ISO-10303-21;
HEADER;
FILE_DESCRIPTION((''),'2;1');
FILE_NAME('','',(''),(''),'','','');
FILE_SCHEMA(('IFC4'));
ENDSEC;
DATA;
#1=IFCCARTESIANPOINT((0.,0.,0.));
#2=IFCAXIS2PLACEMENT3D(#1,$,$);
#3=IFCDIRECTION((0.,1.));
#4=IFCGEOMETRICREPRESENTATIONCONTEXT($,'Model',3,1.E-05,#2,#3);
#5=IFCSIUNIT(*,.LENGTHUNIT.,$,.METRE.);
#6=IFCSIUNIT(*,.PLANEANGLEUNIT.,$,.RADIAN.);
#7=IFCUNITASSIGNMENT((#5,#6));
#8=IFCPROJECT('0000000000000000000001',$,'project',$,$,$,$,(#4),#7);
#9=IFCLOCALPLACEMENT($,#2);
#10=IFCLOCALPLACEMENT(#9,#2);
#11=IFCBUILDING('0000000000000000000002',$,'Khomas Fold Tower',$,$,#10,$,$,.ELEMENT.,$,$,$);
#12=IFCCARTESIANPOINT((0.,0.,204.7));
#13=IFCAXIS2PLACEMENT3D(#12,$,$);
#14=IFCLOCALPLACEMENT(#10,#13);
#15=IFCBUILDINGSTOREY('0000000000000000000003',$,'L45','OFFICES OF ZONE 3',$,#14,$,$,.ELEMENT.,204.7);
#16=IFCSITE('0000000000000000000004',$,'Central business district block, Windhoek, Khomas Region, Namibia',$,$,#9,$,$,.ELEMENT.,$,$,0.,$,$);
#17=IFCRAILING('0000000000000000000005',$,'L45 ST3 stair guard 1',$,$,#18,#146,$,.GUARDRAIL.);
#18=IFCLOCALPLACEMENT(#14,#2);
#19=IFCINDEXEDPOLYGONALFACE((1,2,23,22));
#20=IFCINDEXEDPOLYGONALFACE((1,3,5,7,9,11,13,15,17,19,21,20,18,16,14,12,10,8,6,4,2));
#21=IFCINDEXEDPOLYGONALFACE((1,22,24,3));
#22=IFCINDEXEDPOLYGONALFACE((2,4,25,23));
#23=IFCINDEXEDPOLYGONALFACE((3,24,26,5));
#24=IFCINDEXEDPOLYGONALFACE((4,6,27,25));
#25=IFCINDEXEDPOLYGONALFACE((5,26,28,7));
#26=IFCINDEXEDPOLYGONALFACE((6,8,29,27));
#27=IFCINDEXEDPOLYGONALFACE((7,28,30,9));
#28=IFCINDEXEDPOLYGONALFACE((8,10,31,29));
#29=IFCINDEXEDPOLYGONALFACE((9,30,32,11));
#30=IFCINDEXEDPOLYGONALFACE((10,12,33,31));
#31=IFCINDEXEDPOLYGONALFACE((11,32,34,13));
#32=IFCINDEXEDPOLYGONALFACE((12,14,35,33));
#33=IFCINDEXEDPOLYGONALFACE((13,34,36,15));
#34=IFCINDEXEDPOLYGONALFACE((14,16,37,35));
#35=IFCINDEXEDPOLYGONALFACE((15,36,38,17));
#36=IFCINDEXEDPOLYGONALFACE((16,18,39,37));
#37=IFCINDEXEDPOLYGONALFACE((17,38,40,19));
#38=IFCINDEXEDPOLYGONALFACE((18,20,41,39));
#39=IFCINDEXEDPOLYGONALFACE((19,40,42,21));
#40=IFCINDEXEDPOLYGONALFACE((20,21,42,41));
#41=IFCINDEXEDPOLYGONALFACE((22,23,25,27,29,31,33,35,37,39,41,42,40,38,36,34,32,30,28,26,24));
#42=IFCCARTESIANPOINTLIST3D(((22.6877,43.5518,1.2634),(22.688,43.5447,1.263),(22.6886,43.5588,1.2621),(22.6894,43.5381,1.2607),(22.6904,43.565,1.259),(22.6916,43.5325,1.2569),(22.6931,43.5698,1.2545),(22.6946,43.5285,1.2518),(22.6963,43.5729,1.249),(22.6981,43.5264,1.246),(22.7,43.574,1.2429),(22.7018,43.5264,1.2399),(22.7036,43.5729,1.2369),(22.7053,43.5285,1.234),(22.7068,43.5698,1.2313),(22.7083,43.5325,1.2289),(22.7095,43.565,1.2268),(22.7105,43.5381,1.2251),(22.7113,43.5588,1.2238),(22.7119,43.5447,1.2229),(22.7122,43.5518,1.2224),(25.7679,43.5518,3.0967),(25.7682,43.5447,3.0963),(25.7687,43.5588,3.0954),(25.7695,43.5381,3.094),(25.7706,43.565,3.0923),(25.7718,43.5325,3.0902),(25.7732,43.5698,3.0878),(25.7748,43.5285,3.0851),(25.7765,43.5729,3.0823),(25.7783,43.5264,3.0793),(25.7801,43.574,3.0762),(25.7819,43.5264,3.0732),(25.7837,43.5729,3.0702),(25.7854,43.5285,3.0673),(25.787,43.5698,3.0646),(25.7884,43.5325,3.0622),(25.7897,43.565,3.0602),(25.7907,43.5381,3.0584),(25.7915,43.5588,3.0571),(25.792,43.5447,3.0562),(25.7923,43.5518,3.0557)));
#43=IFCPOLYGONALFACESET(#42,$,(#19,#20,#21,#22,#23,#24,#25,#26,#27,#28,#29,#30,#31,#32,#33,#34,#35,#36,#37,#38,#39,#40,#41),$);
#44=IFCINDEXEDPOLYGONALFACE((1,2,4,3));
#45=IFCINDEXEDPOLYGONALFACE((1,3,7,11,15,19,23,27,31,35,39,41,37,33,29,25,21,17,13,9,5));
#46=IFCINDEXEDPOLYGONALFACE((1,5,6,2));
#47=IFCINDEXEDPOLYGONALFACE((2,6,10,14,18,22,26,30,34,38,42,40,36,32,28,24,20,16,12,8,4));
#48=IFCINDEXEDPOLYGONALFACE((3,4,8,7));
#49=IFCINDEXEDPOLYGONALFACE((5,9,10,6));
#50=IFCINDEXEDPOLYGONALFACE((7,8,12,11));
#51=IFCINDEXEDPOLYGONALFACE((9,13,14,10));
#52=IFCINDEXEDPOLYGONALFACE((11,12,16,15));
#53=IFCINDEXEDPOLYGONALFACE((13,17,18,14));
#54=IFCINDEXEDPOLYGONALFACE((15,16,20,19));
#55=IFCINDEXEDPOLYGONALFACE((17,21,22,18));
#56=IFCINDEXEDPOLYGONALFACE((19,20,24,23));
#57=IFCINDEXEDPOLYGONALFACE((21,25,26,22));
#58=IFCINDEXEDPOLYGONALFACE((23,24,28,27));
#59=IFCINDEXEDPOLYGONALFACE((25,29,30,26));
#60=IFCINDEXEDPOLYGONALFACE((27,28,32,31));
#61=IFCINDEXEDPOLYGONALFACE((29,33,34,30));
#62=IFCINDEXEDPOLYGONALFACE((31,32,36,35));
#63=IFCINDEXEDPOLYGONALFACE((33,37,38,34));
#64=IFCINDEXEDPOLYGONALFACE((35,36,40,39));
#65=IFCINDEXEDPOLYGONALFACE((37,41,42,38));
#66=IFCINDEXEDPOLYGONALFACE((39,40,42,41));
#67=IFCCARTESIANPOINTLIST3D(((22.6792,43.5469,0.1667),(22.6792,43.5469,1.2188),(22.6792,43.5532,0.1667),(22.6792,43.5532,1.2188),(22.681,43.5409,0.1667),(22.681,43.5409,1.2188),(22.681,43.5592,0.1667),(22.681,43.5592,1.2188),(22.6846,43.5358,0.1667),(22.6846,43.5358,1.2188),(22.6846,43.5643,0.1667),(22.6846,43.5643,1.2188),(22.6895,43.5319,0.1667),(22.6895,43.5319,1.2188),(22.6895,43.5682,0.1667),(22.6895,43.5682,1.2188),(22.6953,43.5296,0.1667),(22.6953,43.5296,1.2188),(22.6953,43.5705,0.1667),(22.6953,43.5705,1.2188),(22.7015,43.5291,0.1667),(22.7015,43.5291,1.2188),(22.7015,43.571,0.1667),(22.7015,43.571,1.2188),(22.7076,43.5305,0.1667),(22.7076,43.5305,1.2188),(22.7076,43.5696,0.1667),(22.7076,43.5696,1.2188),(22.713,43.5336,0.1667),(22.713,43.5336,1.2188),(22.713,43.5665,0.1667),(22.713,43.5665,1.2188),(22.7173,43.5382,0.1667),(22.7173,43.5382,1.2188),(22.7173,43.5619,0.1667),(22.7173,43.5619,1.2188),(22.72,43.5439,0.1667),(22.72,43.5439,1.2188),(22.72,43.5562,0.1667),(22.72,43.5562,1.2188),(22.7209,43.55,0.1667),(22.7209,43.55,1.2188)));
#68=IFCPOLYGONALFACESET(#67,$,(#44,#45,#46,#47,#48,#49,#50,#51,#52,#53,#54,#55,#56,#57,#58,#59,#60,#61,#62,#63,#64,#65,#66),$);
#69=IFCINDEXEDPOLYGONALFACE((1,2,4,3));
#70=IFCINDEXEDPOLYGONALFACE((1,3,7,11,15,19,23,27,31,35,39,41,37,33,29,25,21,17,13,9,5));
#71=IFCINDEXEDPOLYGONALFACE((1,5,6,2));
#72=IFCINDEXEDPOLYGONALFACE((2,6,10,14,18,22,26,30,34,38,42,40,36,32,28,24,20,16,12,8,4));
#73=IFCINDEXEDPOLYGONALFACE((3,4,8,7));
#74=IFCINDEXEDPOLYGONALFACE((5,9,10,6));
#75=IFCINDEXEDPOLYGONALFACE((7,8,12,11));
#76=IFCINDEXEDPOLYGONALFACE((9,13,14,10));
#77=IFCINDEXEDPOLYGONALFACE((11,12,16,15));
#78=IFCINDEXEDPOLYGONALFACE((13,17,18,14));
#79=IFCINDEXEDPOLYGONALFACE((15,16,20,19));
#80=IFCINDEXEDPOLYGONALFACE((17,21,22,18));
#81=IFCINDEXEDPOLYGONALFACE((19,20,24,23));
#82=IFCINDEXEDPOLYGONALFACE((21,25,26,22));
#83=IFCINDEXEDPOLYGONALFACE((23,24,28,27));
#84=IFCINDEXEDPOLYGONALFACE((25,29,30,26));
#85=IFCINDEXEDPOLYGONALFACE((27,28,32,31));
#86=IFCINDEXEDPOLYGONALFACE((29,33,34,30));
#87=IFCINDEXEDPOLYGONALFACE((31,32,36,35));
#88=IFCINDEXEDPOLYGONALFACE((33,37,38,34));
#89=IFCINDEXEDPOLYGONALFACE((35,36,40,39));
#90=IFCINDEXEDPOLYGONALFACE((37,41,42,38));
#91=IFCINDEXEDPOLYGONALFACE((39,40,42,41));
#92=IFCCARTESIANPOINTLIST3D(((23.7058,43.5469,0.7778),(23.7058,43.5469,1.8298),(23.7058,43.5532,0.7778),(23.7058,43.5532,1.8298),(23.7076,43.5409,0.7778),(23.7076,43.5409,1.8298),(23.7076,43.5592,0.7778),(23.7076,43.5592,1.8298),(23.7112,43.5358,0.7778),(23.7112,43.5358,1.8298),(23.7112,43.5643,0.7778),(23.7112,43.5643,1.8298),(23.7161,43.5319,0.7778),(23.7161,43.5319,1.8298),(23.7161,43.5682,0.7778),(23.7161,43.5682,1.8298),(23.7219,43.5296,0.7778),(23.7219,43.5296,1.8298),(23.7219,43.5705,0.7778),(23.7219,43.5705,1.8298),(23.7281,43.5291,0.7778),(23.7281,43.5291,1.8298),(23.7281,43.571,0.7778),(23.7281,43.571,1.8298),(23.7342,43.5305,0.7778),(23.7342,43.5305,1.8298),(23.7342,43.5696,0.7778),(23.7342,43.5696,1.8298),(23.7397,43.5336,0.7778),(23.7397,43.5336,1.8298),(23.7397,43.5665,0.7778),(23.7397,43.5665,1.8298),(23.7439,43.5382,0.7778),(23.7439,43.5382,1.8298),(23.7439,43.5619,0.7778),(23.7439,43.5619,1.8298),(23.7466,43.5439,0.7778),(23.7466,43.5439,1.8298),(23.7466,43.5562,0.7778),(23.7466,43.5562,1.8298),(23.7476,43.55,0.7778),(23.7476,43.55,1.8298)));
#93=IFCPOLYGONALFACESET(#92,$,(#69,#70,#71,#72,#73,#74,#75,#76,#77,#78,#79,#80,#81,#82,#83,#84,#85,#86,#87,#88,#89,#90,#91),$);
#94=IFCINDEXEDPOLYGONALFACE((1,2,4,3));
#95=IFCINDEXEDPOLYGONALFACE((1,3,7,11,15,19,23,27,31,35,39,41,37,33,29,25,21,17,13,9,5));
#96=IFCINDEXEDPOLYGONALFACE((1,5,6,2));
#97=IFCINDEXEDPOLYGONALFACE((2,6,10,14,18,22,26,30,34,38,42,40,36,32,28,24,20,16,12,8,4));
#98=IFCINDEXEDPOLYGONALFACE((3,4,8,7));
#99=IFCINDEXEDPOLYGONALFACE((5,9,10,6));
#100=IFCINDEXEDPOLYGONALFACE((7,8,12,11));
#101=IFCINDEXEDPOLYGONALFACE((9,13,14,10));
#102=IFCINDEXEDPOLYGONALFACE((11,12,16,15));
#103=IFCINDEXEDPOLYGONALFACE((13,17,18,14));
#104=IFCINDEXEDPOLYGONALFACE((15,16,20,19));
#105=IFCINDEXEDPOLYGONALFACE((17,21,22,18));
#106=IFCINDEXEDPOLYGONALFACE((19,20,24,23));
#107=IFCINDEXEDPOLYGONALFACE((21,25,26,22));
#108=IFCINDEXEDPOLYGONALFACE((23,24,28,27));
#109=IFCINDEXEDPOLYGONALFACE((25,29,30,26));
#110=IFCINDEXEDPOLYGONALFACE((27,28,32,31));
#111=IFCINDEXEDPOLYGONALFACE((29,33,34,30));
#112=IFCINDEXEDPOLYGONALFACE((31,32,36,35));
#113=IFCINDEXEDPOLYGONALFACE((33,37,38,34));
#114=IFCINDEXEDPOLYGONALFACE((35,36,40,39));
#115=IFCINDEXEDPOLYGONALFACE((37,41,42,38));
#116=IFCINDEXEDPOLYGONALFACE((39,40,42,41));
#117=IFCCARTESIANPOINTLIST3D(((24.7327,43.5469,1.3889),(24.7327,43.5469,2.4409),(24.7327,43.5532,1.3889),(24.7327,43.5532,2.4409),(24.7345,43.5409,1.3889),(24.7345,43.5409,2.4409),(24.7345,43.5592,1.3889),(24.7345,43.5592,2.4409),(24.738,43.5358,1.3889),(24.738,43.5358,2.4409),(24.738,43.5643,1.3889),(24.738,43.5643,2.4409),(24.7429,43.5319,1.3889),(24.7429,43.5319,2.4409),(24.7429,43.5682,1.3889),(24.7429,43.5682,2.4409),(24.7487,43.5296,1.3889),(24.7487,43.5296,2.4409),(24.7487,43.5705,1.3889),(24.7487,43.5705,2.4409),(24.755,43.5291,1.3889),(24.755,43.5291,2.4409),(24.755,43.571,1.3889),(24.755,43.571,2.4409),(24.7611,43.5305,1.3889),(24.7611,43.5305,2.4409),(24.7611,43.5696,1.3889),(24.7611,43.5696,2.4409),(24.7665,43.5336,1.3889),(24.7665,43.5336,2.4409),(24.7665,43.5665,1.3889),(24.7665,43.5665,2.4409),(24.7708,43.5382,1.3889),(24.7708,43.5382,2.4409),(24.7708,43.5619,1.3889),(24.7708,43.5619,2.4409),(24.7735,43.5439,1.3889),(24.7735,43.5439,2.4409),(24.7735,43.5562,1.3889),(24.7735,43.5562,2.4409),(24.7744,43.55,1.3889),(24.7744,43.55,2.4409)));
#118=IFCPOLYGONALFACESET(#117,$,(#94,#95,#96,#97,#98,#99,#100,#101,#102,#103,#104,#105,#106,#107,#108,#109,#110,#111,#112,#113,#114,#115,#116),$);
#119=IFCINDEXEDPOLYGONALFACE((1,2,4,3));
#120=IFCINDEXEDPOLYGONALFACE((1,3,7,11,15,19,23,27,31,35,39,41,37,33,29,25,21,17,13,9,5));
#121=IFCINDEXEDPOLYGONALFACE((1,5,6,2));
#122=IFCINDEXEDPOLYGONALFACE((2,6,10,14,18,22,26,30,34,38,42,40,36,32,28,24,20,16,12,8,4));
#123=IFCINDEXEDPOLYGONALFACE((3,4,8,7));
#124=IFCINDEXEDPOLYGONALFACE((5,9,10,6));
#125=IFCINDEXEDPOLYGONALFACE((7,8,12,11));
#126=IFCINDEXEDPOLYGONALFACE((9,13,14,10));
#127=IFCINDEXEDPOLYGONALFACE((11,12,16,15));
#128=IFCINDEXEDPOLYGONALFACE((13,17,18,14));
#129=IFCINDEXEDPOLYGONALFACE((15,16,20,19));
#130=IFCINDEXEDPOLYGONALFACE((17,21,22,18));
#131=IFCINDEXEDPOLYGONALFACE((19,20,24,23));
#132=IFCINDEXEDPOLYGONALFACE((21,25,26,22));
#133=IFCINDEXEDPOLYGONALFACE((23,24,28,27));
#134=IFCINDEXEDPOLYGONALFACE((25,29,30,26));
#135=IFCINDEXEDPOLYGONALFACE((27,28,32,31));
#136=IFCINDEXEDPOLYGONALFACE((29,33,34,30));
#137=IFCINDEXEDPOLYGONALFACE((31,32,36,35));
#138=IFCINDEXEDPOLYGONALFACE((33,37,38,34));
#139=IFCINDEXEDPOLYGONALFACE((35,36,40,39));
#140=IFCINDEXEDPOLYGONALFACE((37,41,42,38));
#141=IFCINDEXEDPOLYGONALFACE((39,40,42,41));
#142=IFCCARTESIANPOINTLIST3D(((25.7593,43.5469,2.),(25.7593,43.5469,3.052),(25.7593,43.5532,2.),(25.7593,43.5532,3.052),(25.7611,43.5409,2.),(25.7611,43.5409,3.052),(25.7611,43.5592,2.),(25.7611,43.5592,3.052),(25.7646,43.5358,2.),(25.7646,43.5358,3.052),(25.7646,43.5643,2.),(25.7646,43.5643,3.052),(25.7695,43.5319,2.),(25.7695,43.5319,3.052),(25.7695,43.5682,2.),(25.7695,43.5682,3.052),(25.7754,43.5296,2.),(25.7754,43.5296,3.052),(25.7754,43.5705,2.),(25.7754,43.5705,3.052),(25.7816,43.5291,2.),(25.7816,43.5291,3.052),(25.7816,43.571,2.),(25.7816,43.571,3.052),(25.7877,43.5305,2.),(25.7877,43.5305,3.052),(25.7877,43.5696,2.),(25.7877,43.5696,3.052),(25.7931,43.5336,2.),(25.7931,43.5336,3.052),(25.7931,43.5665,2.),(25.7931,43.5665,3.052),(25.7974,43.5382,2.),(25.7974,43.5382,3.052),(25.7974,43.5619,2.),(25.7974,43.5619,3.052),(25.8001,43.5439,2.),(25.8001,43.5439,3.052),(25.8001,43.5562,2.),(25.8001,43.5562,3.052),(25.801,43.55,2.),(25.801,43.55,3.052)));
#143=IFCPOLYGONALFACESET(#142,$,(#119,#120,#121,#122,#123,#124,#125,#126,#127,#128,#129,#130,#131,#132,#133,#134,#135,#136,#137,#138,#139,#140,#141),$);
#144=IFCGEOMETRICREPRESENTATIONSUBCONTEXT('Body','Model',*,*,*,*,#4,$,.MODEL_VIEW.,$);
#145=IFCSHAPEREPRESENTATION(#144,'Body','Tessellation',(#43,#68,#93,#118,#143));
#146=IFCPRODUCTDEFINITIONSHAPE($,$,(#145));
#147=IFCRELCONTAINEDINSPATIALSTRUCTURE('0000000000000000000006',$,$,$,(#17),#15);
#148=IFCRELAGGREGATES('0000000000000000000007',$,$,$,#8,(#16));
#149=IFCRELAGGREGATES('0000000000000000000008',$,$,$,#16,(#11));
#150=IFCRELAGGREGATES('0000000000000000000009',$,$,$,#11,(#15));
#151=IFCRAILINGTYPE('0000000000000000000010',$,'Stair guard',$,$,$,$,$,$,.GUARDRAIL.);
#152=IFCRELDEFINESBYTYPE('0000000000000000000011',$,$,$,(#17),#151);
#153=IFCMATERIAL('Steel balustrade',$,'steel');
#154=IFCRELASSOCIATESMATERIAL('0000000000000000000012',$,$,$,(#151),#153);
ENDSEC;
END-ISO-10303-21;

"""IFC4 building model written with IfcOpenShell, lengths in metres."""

from ifc_helpers import new_model, si_unit, direction, frame, origin, origin_2d, place, context, subcontext, project, spatial, circle, extrude, source, transform, mapped, material, type_object, element, save


model = new_model("IFC4")

# Units and contexts
model_context = context("Model", 3, precision=1e-05, world=origin(), true_north=direction((0.0, 1.0)))
body_context = subcontext(model_context, "Body", "Model", "MODEL_VIEW")
ifc_project = project(units=[si_unit("LENGTHUNIT", "METRE"), si_unit("PLANEANGLEUNIT", "RADIAN")], contexts=[model_context])

# Site, building, storey
site_placement = place(None, origin())
site = spatial("IfcSite", under=ifc_project, at=site_placement, Name="Central business district block, Windhoek, Khomas Region, Namibia", CompositionType="ELEMENT", RefElevation=0.0)
building_placement = place(site_placement, origin())
building = spatial("IfcBuilding", under=site, at=building_placement, Name="Khomas Fold Tower", CompositionType="ELEMENT")
storey_placement = place(building_placement, frame((0.0, 0.0, 204.7)))
storey = spatial("IfcBuildingStorey", under=building, at=storey_placement, Name="L45", Description="OFFICES OF ZONE 3", CompositionType="ELEMENT", Elevation=204.7)

# Railing
ifc_material_1 = material(Name="Steel balustrade", Category="steel")
railing_type_1 = type_object("IfcRailingType", Name="Stair guard", PredefinedType="GUARDRAIL", material=ifc_material_1)
shared_shape_1 = source(origin(), body_context, "Body", "SweptSolid", [
    extrude(circle(Radius=0.0239, at=origin_2d()), frame((0.0, 0.0, 1.0762), z_axis=(0.859309, 0.0, 0.511458), x_axis=(0.0, 1.0, 0.0)), (0.0, 0.0, 1.0), 3.5845),
    extrude(circle(Radius=0.021, at=origin_2d()), origin(), (0.0, 0.0, 1.0), 1.052),
    extrude(circle(Radius=0.021, at=origin_2d()), frame((1.0266, 0.0, 0.6111)), (0.0, 0.0, 1.0), 1.052),
    extrude(circle(Radius=0.021, at=origin_2d()), frame((2.0535, 0.0, 1.2222)), (0.0, 0.0, 1.0), 1.052),
    extrude(circle(Radius=0.021, at=origin_2d()), frame((3.0801, 0.0, 1.8333)), (0.0, 0.0, 1.0), 1.052),
])
railing_1_placement = place(storey_placement, frame((22.7, 43.55, 0.1667)))
element("IfcRailing", 1, at=railing_1_placement, inside=storey, type_object=railing_type_1, Name="L45 ST3 stair guard 1", PredefinedType="GUARDRAIL", context=body_context, shape_type="MappedRepresentation", body=[
    mapped(shared_shape_1, transform((0.0, 0.0, 0.0))),
])

save(model, "model.ifc")
